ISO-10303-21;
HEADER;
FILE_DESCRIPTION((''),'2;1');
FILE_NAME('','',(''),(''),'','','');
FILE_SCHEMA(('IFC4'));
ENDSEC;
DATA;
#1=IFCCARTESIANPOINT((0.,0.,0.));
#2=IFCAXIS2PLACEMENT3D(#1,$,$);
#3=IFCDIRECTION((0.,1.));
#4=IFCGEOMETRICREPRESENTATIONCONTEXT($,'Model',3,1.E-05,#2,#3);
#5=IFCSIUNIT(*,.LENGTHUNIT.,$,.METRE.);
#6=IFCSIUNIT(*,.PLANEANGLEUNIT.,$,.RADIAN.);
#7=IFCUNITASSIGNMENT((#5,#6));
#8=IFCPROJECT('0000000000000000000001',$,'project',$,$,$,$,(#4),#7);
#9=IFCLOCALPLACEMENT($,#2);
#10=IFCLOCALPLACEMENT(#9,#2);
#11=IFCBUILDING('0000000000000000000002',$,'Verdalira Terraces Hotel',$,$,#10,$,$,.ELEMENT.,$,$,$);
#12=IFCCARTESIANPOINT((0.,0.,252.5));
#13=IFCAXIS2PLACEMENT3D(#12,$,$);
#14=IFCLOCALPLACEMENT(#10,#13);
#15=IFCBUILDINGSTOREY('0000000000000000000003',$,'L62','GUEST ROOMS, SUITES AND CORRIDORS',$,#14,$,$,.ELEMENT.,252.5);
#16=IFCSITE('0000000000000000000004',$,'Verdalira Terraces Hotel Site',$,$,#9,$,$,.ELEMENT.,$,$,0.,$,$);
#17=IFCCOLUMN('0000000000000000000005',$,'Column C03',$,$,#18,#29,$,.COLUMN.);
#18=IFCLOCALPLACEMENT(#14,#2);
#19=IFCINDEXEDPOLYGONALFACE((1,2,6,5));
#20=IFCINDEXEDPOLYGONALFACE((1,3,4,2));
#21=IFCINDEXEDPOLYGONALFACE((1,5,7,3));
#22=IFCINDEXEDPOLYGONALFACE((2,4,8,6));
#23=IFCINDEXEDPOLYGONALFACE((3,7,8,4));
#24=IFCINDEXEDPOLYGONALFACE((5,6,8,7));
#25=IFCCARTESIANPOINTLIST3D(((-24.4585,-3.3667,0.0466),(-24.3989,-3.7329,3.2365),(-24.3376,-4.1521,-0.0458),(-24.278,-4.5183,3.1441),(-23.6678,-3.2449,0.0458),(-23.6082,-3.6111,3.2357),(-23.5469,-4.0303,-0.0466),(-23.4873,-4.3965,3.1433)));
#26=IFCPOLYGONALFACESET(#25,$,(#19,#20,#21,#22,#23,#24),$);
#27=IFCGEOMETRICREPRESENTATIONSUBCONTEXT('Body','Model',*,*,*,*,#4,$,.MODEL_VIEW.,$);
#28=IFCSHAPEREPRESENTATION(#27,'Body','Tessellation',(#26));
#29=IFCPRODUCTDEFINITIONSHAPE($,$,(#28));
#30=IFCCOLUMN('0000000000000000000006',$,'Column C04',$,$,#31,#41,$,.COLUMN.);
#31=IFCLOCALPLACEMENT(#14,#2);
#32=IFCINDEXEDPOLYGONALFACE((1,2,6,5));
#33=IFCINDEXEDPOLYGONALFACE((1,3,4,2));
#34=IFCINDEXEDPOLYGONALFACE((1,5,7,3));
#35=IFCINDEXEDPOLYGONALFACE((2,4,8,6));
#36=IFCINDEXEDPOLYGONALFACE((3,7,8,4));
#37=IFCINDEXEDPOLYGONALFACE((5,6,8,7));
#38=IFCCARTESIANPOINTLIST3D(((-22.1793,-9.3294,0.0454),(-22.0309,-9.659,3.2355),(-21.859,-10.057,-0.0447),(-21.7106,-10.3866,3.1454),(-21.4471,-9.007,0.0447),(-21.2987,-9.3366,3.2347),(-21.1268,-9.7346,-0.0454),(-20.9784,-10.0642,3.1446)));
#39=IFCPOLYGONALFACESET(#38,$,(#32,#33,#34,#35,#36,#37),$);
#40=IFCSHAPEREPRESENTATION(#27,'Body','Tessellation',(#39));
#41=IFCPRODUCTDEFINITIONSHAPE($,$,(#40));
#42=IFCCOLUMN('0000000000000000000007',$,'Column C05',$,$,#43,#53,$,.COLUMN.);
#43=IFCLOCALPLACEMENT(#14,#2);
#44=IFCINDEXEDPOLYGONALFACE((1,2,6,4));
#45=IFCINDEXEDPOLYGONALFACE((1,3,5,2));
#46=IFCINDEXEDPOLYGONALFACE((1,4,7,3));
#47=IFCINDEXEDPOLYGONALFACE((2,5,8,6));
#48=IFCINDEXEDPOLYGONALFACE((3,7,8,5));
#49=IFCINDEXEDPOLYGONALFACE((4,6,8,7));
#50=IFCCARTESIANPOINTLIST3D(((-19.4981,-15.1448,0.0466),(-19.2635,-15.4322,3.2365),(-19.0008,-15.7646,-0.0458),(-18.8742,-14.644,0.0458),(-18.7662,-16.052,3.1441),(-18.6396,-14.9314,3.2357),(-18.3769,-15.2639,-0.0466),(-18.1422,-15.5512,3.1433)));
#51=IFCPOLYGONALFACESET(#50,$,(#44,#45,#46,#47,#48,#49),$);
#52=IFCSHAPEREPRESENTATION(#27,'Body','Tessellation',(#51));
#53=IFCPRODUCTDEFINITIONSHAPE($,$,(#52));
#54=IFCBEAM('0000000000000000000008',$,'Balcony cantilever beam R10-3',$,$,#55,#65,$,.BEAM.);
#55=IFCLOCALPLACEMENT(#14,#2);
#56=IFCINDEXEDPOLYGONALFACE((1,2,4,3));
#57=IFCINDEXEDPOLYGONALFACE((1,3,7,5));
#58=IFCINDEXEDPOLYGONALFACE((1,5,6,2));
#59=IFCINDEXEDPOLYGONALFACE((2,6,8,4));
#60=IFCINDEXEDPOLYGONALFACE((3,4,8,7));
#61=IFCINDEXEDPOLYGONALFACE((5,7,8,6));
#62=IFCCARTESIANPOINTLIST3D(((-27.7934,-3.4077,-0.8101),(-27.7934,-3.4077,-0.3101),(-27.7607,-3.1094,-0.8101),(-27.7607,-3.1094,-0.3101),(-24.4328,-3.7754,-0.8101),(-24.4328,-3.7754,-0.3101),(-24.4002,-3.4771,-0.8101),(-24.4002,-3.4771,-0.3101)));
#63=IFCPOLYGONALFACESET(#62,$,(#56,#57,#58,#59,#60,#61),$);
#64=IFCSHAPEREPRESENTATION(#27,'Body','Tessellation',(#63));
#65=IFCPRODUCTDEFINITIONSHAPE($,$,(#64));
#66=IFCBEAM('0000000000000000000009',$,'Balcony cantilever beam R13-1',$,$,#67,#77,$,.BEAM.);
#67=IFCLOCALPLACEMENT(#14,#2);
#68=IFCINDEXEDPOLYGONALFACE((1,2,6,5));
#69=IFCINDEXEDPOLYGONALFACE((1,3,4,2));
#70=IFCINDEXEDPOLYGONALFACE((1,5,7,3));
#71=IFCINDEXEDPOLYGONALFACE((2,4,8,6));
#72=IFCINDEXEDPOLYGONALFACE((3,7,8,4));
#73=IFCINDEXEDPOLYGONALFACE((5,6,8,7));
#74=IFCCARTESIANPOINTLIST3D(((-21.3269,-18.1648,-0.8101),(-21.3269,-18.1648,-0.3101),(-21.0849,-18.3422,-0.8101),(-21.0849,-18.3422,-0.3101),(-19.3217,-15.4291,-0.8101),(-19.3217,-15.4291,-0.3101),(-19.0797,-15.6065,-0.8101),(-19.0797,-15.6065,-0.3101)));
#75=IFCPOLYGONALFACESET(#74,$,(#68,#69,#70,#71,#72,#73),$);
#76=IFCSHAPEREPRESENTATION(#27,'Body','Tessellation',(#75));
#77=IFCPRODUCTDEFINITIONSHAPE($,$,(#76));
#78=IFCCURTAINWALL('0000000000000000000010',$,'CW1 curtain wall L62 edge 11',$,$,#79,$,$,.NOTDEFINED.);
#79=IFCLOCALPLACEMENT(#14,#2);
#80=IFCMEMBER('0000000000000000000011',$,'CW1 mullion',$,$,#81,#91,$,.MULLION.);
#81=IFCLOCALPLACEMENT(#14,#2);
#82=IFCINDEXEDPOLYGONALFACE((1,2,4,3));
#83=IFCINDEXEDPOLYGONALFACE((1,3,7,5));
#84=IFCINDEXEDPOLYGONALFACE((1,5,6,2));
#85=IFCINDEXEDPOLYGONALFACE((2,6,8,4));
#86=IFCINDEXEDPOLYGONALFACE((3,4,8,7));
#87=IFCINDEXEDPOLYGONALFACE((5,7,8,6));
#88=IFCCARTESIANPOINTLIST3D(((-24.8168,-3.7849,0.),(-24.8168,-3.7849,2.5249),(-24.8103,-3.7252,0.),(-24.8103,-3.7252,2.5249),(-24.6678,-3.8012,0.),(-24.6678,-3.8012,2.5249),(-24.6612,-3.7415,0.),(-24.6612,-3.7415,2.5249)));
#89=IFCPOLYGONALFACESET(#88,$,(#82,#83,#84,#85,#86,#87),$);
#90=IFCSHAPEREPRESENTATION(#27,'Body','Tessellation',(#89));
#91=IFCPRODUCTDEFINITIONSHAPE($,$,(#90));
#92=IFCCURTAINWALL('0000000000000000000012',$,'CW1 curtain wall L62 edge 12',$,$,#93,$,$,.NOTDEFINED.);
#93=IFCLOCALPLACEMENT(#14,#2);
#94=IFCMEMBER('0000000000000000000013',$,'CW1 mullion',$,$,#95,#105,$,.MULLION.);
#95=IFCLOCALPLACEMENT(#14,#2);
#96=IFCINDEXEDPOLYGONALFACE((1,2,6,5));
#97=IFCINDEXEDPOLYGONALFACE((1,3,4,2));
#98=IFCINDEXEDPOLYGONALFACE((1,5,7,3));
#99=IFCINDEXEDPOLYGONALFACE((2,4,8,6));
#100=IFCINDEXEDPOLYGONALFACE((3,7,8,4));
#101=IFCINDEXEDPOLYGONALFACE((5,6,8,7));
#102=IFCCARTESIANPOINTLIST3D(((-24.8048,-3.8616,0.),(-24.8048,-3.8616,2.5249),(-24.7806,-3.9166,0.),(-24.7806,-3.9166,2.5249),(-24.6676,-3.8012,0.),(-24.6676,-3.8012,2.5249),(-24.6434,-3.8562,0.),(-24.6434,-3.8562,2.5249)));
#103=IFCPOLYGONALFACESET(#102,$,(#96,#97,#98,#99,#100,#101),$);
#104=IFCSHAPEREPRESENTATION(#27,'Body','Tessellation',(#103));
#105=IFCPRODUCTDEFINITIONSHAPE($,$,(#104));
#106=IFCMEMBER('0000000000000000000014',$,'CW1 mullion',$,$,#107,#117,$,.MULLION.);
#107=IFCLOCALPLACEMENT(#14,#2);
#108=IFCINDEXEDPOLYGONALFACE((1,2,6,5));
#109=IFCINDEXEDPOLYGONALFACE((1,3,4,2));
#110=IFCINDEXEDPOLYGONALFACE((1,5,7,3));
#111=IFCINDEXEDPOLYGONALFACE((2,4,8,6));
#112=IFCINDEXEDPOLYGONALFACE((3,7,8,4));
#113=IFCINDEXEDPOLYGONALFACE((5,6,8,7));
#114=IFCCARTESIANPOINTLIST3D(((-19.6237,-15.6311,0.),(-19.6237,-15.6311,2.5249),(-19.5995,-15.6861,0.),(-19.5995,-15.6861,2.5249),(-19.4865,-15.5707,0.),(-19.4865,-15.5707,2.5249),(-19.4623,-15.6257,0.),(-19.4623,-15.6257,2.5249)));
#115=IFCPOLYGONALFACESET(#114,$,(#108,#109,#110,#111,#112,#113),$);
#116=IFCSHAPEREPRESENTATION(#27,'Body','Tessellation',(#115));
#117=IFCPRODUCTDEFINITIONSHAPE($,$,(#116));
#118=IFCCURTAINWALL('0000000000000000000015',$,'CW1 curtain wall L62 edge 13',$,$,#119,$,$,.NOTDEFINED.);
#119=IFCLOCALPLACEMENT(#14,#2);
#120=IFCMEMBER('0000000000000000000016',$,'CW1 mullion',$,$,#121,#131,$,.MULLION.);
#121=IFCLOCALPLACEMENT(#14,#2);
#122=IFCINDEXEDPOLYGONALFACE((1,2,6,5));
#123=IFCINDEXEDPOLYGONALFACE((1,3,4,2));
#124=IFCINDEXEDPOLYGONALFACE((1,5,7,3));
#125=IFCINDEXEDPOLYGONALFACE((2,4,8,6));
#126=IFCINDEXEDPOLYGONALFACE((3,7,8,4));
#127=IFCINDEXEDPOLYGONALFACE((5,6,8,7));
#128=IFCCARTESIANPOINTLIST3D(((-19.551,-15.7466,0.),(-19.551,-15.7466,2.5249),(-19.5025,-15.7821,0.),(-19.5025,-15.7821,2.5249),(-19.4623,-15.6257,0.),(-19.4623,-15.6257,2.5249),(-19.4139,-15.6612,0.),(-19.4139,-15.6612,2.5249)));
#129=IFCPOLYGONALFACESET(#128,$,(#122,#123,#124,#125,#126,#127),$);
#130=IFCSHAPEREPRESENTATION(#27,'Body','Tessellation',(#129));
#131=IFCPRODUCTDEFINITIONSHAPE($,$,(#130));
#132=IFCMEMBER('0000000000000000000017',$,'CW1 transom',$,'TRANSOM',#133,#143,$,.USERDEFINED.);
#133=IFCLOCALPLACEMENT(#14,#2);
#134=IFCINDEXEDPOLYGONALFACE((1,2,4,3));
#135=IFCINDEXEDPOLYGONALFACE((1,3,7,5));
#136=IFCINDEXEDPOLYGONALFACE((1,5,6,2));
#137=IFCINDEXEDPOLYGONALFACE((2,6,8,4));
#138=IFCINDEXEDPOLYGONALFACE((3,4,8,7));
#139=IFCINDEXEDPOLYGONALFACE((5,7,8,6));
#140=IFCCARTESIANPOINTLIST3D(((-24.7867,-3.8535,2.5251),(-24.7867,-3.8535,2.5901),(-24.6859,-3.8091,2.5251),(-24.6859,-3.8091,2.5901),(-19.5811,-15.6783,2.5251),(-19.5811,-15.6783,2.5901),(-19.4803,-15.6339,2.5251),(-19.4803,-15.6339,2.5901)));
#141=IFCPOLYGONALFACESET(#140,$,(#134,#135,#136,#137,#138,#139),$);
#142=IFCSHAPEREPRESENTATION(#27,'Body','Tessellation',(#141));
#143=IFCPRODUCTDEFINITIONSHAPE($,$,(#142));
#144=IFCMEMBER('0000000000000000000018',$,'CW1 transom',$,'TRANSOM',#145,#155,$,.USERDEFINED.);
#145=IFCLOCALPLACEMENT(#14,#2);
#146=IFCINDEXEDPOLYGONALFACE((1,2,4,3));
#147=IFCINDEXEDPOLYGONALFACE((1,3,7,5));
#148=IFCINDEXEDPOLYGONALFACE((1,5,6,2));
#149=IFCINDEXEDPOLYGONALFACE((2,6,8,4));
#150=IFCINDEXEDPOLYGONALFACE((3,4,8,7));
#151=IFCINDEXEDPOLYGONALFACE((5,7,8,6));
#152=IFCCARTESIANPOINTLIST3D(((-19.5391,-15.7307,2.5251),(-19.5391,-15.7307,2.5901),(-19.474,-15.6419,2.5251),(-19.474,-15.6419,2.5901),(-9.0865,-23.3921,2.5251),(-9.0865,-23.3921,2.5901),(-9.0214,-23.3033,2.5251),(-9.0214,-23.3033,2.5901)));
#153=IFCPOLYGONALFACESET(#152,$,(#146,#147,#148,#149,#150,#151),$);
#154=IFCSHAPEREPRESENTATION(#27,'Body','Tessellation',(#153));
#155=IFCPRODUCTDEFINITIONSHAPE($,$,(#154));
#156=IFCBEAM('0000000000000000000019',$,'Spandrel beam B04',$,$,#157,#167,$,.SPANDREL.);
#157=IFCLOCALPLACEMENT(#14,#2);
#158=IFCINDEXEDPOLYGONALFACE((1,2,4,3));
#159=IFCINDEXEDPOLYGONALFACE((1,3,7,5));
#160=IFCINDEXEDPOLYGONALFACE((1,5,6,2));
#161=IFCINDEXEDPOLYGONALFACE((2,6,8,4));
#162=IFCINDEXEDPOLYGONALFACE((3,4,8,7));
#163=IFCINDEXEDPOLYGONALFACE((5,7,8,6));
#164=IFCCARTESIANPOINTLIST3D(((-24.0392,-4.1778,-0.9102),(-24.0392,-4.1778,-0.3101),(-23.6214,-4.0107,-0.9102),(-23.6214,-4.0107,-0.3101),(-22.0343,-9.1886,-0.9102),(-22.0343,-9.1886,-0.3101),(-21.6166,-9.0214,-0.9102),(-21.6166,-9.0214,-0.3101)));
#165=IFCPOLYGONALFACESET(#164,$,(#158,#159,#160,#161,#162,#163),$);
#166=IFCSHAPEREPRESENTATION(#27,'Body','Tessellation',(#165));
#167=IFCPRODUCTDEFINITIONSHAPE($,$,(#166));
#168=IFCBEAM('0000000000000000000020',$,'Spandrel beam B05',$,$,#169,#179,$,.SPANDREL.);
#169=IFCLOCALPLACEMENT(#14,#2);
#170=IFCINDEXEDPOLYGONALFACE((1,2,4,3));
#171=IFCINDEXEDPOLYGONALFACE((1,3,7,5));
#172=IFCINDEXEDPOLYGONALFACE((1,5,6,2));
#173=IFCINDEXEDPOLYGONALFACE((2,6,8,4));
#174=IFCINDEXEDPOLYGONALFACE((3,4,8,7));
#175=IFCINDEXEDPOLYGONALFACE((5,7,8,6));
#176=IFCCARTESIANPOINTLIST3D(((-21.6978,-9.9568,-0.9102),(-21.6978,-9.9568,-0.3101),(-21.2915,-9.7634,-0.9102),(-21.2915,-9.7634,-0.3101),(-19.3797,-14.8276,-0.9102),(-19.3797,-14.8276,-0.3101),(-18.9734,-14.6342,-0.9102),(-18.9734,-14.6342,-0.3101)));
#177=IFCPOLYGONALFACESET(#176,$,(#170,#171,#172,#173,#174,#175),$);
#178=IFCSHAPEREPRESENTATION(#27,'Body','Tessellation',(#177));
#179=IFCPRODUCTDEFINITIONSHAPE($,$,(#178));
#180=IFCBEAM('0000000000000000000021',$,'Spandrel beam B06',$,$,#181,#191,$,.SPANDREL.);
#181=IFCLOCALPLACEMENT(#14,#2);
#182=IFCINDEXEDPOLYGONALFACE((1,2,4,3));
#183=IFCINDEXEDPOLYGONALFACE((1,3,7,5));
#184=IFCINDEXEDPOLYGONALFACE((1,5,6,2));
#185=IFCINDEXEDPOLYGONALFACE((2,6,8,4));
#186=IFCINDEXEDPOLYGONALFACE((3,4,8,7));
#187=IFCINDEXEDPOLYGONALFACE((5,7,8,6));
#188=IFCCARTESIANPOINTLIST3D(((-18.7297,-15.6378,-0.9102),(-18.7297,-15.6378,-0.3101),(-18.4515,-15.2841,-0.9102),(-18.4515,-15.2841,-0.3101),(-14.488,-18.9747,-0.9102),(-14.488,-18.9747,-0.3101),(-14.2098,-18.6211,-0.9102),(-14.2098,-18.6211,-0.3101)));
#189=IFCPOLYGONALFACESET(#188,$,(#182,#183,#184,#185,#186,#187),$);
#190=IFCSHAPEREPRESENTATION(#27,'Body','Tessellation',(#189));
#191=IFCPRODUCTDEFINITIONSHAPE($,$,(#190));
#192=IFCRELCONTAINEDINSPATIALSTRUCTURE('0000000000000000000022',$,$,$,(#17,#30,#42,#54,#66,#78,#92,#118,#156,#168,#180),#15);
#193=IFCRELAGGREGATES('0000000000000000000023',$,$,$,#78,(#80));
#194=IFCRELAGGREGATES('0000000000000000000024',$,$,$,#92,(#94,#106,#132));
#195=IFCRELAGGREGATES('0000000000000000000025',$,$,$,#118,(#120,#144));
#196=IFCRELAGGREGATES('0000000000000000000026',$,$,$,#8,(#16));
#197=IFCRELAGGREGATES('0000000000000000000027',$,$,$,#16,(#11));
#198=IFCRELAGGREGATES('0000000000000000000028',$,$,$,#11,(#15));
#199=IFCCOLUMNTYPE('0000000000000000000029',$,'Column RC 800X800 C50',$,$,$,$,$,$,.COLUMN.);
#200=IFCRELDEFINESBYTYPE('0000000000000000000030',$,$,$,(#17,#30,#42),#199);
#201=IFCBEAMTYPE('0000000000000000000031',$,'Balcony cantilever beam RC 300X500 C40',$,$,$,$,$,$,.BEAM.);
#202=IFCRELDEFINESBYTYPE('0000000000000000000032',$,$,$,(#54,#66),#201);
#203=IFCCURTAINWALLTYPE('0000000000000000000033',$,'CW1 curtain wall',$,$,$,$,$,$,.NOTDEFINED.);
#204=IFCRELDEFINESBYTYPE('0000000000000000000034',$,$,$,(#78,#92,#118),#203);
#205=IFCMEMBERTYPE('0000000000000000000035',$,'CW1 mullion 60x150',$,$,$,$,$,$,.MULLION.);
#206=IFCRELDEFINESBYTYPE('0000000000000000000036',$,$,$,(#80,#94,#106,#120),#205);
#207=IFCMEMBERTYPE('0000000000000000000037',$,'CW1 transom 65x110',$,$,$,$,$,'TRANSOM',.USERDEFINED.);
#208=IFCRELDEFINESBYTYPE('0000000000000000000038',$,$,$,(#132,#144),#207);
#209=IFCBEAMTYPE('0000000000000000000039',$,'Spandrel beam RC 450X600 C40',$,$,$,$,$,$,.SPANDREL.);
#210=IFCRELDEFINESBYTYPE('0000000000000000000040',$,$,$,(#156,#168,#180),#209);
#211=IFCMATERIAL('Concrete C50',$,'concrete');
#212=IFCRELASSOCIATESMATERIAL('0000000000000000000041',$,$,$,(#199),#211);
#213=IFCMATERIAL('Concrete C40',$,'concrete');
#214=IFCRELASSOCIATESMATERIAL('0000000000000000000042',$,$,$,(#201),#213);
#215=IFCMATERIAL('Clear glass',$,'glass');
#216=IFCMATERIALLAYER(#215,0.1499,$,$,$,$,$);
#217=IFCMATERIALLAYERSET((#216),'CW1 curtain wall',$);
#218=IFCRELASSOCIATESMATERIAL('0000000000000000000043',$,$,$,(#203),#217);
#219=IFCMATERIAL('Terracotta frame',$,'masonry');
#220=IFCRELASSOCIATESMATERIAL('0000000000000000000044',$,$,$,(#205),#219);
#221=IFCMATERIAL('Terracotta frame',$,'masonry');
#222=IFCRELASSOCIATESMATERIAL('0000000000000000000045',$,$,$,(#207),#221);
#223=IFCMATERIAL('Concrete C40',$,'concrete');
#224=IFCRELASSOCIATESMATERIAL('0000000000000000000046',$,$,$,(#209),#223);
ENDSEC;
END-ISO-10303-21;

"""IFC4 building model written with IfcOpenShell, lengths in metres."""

from ifc_helpers import new_model, si_unit, direction, frame, origin, origin_2d, place, context, subcontext, project, spatial, rectangle, extrude, material, layer, layer_set, material_profile, profile_set, type_object, element, aggregate, save


model = new_model("IFC4")

# Units and contexts
model_context = context("Model", 3, precision=1e-05, world=origin(), true_north=direction((0.0, 1.0)))
body_context = subcontext(model_context, "Body", "Model", "MODEL_VIEW")
ifc_project = project(units=[si_unit("LENGTHUNIT", "METRE"), si_unit("PLANEANGLEUNIT", "RADIAN")], contexts=[model_context])

# Site, building, storey
site_placement = place(None, origin())
site = spatial("IfcSite", under=ifc_project, at=site_placement, Name="Verdalira Terraces Hotel Site", CompositionType="ELEMENT", RefElevation=0.0)
building_placement = place(site_placement, origin())
building = spatial("IfcBuilding", under=site, at=building_placement, Name="Verdalira Terraces Hotel", CompositionType="ELEMENT")
storey_placement = place(building_placement, frame((0.0, 0.0, 252.5)))
storey = spatial("IfcBuildingStorey", under=building, at=storey_placement, Name="L62", Description="GUEST ROOMS, SUITES AND CORRIDORS", CompositionType="ELEMENT", Elevation=252.5)

# Columns
ifc_material_1 = material(Name="Concrete C50", Category="concrete")
ifc_material_profile_1 = material_profile(ifc_material_1, rectangle(XDim=0.8, YDim=0.8, at=origin_2d()), Name="RC 800X800")
ifc_profile_set_1 = profile_set([ifc_material_profile_1], Name="Concrete C50")
column_type = type_object("IfcColumnType", Name="Column RC 800X800 C50", PredefinedType="COLUMN", material=ifc_profile_set_1)
column_1_placement = place(storey_placement, frame((-24.0027, -3.6985, 0.0), z_axis=(0.018549, -0.114033, 0.993304), x_axis=(-0.151152, 0.981736, 0.115528)))
element("IfcColumn", 1, at=column_1_placement, inside=storey, type_object=column_type, Name="Column C03", PredefinedType="COLUMN", context=body_context, shape_type="SweptSolid", body=[
    extrude(rectangle(XDim=0.8, YDim=0.8, at=origin_2d()), origin(), (0.0, 0.0, 1.0), 3.2114),
])
column_2_placement = place(storey_placement, frame((-21.6531, -9.532, 0.0), z_axis=(0.046237, -0.102665, 0.993641), x_axis=(0.400332, -0.909427, -0.112592)))
element("IfcColumn", 2, at=column_2_placement, inside=storey, type_object=column_type, Name="Column C04", PredefinedType="COLUMN", context=body_context, shape_type="SweptSolid", body=[
    extrude(rectangle(XDim=0.8, YDim=0.8, at=origin_2d()), origin(), (0.0, 0.0, 1.0), 3.2104),
])
column_3_placement = place(storey_placement, frame((-18.9375, -15.2043, 0.0), z_axis=(0.073057, -0.089478, 0.993306), x_axis=(-0.62166, 0.774723, 0.115511)))
element("IfcColumn", 3, at=column_3_placement, inside=storey, type_object=column_type, Name="Column C05", PredefinedType="COLUMN", context=body_context, shape_type="SweptSolid", body=[
    extrude(rectangle(XDim=0.8, YDim=0.8, at=origin_2d()), origin(), (0.0, 0.0, 1.0), 3.2114),
])

# Beams
ifc_material_2 = material(Name="Concrete C40", Category="concrete")
ifc_material_profile_2 = material_profile(ifc_material_2, rectangle(XDim=0.3, YDim=0.5, at=origin_2d()), Name="RC 300X500")
ifc_profile_set_2 = profile_set([ifc_material_profile_2], Name="Concrete C40")
beam_type_1 = type_object("IfcBeamType", Name="Balcony cantilever beam RC 300X500 C40", PredefinedType="BEAM", material=ifc_profile_set_2)
beam_1_placement = place(storey_placement, frame((-24.4165, -3.6262, -0.5601), z_axis=(-0.994068, 0.108759, 0.0), x_axis=(-0.108759, -0.994068, 0.0)))
element("IfcBeam", 4, at=beam_1_placement, inside=storey, type_object=beam_type_1, Name="Balcony cantilever beam R10-3", PredefinedType="BEAM", context=body_context, shape_type="SweptSolid", body=[
    extrude(rectangle(XDim=0.3, YDim=0.5, at=origin_2d()), origin(), (0.0, 0.0, 1.0), 3.3806),
])
beam_2_placement = place(storey_placement, frame((-19.2007, -15.5178, -0.5601), z_axis=(-0.591176, -0.806542, 0.0), x_axis=(0.806542, -0.591176, 0.0)))
element("IfcBeam", 5, at=beam_2_placement, inside=storey, type_object=beam_type_1, Name="Balcony cantilever beam R13-1", PredefinedType="BEAM", context=body_context, shape_type="SweptSolid", body=[
    extrude(rectangle(XDim=0.3, YDim=0.5, at=origin_2d()), origin(), (0.0, 0.0, 1.0), 3.3918),
])

# Curtain wall, member
ifc_material_3 = material(Name="Clear glass", Category="glass")
ifc_layer_1 = layer(ifc_material_3, 0.1499)
ifc_layer_set_1 = layer_set([ifc_layer_1], Name="CW1 curtain wall")
curtain_wall_type = type_object("IfcCurtainWallType", Name="CW1 curtain wall", PredefinedType="NOTDEFINED", material=ifc_layer_set_1)
curtain_wall_1_placement = place(storey_placement, origin())
curtain_wall_1 = element("IfcCurtainWall", 6, at=curtain_wall_1_placement, inside=storey, type_object=curtain_wall_type, Name="CW1 curtain wall L62 edge 11", PredefinedType="NOTDEFINED")
ifc_material_4 = material(Name="Terracotta frame", Category="masonry")
ifc_material_profile_3 = material_profile(ifc_material_4, rectangle(XDim=0.0601, YDim=0.1499, at=origin_2d()), Name="MU 60x150")
ifc_profile_set_3 = profile_set([ifc_material_profile_3], Name="Terracotta frame")
member_type_1 = type_object("IfcMemberType", Name="CW1 mullion 60x150", PredefinedType="MULLION", material=ifc_profile_set_3)
member_1_placement = place(storey_placement, frame((-24.739, -3.7632, 0.0), z_axis=(0.0, 0.0, 1.0), x_axis=(-0.108693, -0.994075, 0.0)))
member_1 = element("IfcMember", 7, at=member_1_placement, type_object=member_type_1, Name="CW1 mullion", PredefinedType="MULLION", context=body_context, shape_type="SweptSolid", body=[
    extrude(rectangle(XDim=0.0601, YDim=0.1499, at=origin_2d()), origin(), (0.0, 0.0, 1.0), 2.5249),
])

# Curtain wall, members
curtain_wall_2_placement = place(storey_placement, origin())
curtain_wall_2 = element("IfcCurtainWall", 8, at=curtain_wall_2_placement, inside=storey, type_object=curtain_wall_type, Name="CW1 curtain wall L62 edge 12", PredefinedType="NOTDEFINED")
member_2_placement = place(storey_placement, frame((-24.7241, -3.8589, 0.0), z_axis=(0.0, 0.0, 1.0), x_axis=(0.402906, -0.915241, 0.0)))
member_2 = element("IfcMember", 9, at=member_2_placement, type_object=member_type_1, Name="CW1 mullion", PredefinedType="MULLION", context=body_context, shape_type="SweptSolid", body=[
    extrude(rectangle(XDim=0.0601, YDim=0.1499, at=origin_2d()), origin(), (0.0, 0.0, 1.0), 2.5249),
])
member_3_placement = place(storey_placement, frame((-19.543, -15.6284, 0.0), z_axis=(0.0, 0.0, 1.0), x_axis=(0.402906, -0.915241, 0.0)))
member_3 = element("IfcMember", 10, at=member_3_placement, type_object=member_type_1, Name="CW1 mullion", PredefinedType="MULLION", context=body_context, shape_type="SweptSolid", body=[
    extrude(rectangle(XDim=0.0601, YDim=0.1499, at=origin_2d()), origin(), (0.0, 0.0, 1.0), 2.5249),
])

# Curtain wall, member
curtain_wall_3_placement = place(storey_placement, origin())
curtain_wall_3 = element("IfcCurtainWall", 11, at=curtain_wall_3_placement, inside=storey, type_object=curtain_wall_type, Name="CW1 curtain wall L62 edge 13", PredefinedType="NOTDEFINED")
member_4_placement = place(storey_placement, frame((-19.4824, -15.7039, 0.0), z_axis=(0.0, 0.0, 1.0), x_axis=(0.806548, -0.591169, 0.0)))
member_4 = element("IfcMember", 12, at=member_4_placement, type_object=member_type_1, Name="CW1 mullion", PredefinedType="MULLION", context=body_context, shape_type="SweptSolid", body=[
    extrude(rectangle(XDim=0.0601, YDim=0.1499, at=origin_2d()), origin(), (0.0, 0.0, 1.0), 2.5249),
])

# Members
ifc_material_5 = material(Name="Terracotta frame", Category="masonry")
ifc_material_profile_4 = material_profile(ifc_material_5, rectangle(XDim=0.1101, YDim=0.0649, at=origin_2d()), Name="TR 65x110")
ifc_profile_set_4 = profile_set([ifc_material_profile_4], Name="Terracotta frame")
member_type_2 = type_object("IfcMemberType", Name="CW1 transom 65x110", ElementType="TRANSOM", PredefinedType="USERDEFINED", material=ifc_profile_set_4)
member_5_placement = place(storey_placement, frame((-24.7363, -3.8313, 2.5576), z_axis=(0.402913, -0.915238, 0.0), x_axis=(0.915238, 0.402913, 0.0)))
member_5 = element("IfcMember", 13, at=member_5_placement, type_object=member_type_2, Name="CW1 transom", ObjectType="TRANSOM", PredefinedType="USERDEFINED", context=body_context, shape_type="SweptSolid", body=[
    extrude(rectangle(XDim=0.1101, YDim=0.0649, at=origin_2d()), origin(), (0.0, 0.0, 1.0), 12.9199),
])
member_6_placement = place(storey_placement, frame((-19.5066, -15.6863, 2.5576), z_axis=(0.806548, -0.591168, 0.0), x_axis=(0.591168, 0.806548, 0.0)))
member_6 = element("IfcMember", 14, at=member_6_placement, type_object=member_type_2, Name="CW1 transom", ObjectType="TRANSOM", PredefinedType="USERDEFINED", context=body_context, shape_type="SweptSolid", body=[
    extrude(rectangle(XDim=0.1101, YDim=0.0649, at=origin_2d()), origin(), (0.0, 0.0, 1.0), 12.9597),
])

# Beams
ifc_material_6 = material(Name="Concrete C40", Category="concrete")
ifc_material_profile_5 = material_profile(ifc_material_6, rectangle(XDim=0.45, YDim=0.6001, at=origin_2d()), Name="RC 450X600")
ifc_profile_set_5 = profile_set([ifc_material_profile_5], Name="Concrete C40")
beam_type_2 = type_object("IfcBeamType", Name="Spandrel beam RC 450X600 C40", PredefinedType="SPANDREL", material=ifc_profile_set_5)
beam_3_placement = place(storey_placement, frame((-23.8303, -4.0942, -0.6101), z_axis=(0.371484, -0.928439, 0.0), x_axis=(0.928439, 0.371484, 0.0)))
element("IfcBeam", 15, at=beam_3_placement, inside=storey, type_object=beam_type_2, Name="Spandrel beam B04", PredefinedType="SPANDREL", context=body_context, shape_type="SweptSolid", body=[
    extrude(rectangle(XDim=0.45, YDim=0.6001, at=origin_2d()), origin(), (0.0, 0.0, 1.0), 5.397),
])
beam_4_placement = place(storey_placement, frame((-21.4946, -9.8601, -0.6101), z_axis=(0.429732, -0.902957, 0.0), x_axis=(0.902957, 0.429732, 0.0)))
element("IfcBeam", 16, at=beam_4_placement, inside=storey, type_object=beam_type_2, Name="Spandrel beam B05", PredefinedType="SPANDREL", context=body_context, shape_type="SweptSolid", body=[
    extrude(rectangle(XDim=0.45, YDim=0.6001, at=origin_2d()), origin(), (0.0, 0.0, 1.0), 5.3943),
])
beam_5_placement = place(storey_placement, frame((-18.5906, -15.4609, -0.6101), z_axis=(0.785945, -0.618297, 0.0), x_axis=(0.618297, 0.785945, 0.0)))
element("IfcBeam", 17, at=beam_5_placement, inside=storey, type_object=beam_type_2, Name="Spandrel beam B06", PredefinedType="SPANDREL", context=body_context, shape_type="SweptSolid", body=[
    extrude(rectangle(XDim=0.45, YDim=0.6001, at=origin_2d()), origin(), (0.0, 0.0, 1.0), 5.397),
])

aggregate(curtain_wall_1, [member_1])
aggregate(curtain_wall_2, [member_2, member_3, member_5])
aggregate(curtain_wall_3, [member_4, member_6])

save(model, "model.ifc")
